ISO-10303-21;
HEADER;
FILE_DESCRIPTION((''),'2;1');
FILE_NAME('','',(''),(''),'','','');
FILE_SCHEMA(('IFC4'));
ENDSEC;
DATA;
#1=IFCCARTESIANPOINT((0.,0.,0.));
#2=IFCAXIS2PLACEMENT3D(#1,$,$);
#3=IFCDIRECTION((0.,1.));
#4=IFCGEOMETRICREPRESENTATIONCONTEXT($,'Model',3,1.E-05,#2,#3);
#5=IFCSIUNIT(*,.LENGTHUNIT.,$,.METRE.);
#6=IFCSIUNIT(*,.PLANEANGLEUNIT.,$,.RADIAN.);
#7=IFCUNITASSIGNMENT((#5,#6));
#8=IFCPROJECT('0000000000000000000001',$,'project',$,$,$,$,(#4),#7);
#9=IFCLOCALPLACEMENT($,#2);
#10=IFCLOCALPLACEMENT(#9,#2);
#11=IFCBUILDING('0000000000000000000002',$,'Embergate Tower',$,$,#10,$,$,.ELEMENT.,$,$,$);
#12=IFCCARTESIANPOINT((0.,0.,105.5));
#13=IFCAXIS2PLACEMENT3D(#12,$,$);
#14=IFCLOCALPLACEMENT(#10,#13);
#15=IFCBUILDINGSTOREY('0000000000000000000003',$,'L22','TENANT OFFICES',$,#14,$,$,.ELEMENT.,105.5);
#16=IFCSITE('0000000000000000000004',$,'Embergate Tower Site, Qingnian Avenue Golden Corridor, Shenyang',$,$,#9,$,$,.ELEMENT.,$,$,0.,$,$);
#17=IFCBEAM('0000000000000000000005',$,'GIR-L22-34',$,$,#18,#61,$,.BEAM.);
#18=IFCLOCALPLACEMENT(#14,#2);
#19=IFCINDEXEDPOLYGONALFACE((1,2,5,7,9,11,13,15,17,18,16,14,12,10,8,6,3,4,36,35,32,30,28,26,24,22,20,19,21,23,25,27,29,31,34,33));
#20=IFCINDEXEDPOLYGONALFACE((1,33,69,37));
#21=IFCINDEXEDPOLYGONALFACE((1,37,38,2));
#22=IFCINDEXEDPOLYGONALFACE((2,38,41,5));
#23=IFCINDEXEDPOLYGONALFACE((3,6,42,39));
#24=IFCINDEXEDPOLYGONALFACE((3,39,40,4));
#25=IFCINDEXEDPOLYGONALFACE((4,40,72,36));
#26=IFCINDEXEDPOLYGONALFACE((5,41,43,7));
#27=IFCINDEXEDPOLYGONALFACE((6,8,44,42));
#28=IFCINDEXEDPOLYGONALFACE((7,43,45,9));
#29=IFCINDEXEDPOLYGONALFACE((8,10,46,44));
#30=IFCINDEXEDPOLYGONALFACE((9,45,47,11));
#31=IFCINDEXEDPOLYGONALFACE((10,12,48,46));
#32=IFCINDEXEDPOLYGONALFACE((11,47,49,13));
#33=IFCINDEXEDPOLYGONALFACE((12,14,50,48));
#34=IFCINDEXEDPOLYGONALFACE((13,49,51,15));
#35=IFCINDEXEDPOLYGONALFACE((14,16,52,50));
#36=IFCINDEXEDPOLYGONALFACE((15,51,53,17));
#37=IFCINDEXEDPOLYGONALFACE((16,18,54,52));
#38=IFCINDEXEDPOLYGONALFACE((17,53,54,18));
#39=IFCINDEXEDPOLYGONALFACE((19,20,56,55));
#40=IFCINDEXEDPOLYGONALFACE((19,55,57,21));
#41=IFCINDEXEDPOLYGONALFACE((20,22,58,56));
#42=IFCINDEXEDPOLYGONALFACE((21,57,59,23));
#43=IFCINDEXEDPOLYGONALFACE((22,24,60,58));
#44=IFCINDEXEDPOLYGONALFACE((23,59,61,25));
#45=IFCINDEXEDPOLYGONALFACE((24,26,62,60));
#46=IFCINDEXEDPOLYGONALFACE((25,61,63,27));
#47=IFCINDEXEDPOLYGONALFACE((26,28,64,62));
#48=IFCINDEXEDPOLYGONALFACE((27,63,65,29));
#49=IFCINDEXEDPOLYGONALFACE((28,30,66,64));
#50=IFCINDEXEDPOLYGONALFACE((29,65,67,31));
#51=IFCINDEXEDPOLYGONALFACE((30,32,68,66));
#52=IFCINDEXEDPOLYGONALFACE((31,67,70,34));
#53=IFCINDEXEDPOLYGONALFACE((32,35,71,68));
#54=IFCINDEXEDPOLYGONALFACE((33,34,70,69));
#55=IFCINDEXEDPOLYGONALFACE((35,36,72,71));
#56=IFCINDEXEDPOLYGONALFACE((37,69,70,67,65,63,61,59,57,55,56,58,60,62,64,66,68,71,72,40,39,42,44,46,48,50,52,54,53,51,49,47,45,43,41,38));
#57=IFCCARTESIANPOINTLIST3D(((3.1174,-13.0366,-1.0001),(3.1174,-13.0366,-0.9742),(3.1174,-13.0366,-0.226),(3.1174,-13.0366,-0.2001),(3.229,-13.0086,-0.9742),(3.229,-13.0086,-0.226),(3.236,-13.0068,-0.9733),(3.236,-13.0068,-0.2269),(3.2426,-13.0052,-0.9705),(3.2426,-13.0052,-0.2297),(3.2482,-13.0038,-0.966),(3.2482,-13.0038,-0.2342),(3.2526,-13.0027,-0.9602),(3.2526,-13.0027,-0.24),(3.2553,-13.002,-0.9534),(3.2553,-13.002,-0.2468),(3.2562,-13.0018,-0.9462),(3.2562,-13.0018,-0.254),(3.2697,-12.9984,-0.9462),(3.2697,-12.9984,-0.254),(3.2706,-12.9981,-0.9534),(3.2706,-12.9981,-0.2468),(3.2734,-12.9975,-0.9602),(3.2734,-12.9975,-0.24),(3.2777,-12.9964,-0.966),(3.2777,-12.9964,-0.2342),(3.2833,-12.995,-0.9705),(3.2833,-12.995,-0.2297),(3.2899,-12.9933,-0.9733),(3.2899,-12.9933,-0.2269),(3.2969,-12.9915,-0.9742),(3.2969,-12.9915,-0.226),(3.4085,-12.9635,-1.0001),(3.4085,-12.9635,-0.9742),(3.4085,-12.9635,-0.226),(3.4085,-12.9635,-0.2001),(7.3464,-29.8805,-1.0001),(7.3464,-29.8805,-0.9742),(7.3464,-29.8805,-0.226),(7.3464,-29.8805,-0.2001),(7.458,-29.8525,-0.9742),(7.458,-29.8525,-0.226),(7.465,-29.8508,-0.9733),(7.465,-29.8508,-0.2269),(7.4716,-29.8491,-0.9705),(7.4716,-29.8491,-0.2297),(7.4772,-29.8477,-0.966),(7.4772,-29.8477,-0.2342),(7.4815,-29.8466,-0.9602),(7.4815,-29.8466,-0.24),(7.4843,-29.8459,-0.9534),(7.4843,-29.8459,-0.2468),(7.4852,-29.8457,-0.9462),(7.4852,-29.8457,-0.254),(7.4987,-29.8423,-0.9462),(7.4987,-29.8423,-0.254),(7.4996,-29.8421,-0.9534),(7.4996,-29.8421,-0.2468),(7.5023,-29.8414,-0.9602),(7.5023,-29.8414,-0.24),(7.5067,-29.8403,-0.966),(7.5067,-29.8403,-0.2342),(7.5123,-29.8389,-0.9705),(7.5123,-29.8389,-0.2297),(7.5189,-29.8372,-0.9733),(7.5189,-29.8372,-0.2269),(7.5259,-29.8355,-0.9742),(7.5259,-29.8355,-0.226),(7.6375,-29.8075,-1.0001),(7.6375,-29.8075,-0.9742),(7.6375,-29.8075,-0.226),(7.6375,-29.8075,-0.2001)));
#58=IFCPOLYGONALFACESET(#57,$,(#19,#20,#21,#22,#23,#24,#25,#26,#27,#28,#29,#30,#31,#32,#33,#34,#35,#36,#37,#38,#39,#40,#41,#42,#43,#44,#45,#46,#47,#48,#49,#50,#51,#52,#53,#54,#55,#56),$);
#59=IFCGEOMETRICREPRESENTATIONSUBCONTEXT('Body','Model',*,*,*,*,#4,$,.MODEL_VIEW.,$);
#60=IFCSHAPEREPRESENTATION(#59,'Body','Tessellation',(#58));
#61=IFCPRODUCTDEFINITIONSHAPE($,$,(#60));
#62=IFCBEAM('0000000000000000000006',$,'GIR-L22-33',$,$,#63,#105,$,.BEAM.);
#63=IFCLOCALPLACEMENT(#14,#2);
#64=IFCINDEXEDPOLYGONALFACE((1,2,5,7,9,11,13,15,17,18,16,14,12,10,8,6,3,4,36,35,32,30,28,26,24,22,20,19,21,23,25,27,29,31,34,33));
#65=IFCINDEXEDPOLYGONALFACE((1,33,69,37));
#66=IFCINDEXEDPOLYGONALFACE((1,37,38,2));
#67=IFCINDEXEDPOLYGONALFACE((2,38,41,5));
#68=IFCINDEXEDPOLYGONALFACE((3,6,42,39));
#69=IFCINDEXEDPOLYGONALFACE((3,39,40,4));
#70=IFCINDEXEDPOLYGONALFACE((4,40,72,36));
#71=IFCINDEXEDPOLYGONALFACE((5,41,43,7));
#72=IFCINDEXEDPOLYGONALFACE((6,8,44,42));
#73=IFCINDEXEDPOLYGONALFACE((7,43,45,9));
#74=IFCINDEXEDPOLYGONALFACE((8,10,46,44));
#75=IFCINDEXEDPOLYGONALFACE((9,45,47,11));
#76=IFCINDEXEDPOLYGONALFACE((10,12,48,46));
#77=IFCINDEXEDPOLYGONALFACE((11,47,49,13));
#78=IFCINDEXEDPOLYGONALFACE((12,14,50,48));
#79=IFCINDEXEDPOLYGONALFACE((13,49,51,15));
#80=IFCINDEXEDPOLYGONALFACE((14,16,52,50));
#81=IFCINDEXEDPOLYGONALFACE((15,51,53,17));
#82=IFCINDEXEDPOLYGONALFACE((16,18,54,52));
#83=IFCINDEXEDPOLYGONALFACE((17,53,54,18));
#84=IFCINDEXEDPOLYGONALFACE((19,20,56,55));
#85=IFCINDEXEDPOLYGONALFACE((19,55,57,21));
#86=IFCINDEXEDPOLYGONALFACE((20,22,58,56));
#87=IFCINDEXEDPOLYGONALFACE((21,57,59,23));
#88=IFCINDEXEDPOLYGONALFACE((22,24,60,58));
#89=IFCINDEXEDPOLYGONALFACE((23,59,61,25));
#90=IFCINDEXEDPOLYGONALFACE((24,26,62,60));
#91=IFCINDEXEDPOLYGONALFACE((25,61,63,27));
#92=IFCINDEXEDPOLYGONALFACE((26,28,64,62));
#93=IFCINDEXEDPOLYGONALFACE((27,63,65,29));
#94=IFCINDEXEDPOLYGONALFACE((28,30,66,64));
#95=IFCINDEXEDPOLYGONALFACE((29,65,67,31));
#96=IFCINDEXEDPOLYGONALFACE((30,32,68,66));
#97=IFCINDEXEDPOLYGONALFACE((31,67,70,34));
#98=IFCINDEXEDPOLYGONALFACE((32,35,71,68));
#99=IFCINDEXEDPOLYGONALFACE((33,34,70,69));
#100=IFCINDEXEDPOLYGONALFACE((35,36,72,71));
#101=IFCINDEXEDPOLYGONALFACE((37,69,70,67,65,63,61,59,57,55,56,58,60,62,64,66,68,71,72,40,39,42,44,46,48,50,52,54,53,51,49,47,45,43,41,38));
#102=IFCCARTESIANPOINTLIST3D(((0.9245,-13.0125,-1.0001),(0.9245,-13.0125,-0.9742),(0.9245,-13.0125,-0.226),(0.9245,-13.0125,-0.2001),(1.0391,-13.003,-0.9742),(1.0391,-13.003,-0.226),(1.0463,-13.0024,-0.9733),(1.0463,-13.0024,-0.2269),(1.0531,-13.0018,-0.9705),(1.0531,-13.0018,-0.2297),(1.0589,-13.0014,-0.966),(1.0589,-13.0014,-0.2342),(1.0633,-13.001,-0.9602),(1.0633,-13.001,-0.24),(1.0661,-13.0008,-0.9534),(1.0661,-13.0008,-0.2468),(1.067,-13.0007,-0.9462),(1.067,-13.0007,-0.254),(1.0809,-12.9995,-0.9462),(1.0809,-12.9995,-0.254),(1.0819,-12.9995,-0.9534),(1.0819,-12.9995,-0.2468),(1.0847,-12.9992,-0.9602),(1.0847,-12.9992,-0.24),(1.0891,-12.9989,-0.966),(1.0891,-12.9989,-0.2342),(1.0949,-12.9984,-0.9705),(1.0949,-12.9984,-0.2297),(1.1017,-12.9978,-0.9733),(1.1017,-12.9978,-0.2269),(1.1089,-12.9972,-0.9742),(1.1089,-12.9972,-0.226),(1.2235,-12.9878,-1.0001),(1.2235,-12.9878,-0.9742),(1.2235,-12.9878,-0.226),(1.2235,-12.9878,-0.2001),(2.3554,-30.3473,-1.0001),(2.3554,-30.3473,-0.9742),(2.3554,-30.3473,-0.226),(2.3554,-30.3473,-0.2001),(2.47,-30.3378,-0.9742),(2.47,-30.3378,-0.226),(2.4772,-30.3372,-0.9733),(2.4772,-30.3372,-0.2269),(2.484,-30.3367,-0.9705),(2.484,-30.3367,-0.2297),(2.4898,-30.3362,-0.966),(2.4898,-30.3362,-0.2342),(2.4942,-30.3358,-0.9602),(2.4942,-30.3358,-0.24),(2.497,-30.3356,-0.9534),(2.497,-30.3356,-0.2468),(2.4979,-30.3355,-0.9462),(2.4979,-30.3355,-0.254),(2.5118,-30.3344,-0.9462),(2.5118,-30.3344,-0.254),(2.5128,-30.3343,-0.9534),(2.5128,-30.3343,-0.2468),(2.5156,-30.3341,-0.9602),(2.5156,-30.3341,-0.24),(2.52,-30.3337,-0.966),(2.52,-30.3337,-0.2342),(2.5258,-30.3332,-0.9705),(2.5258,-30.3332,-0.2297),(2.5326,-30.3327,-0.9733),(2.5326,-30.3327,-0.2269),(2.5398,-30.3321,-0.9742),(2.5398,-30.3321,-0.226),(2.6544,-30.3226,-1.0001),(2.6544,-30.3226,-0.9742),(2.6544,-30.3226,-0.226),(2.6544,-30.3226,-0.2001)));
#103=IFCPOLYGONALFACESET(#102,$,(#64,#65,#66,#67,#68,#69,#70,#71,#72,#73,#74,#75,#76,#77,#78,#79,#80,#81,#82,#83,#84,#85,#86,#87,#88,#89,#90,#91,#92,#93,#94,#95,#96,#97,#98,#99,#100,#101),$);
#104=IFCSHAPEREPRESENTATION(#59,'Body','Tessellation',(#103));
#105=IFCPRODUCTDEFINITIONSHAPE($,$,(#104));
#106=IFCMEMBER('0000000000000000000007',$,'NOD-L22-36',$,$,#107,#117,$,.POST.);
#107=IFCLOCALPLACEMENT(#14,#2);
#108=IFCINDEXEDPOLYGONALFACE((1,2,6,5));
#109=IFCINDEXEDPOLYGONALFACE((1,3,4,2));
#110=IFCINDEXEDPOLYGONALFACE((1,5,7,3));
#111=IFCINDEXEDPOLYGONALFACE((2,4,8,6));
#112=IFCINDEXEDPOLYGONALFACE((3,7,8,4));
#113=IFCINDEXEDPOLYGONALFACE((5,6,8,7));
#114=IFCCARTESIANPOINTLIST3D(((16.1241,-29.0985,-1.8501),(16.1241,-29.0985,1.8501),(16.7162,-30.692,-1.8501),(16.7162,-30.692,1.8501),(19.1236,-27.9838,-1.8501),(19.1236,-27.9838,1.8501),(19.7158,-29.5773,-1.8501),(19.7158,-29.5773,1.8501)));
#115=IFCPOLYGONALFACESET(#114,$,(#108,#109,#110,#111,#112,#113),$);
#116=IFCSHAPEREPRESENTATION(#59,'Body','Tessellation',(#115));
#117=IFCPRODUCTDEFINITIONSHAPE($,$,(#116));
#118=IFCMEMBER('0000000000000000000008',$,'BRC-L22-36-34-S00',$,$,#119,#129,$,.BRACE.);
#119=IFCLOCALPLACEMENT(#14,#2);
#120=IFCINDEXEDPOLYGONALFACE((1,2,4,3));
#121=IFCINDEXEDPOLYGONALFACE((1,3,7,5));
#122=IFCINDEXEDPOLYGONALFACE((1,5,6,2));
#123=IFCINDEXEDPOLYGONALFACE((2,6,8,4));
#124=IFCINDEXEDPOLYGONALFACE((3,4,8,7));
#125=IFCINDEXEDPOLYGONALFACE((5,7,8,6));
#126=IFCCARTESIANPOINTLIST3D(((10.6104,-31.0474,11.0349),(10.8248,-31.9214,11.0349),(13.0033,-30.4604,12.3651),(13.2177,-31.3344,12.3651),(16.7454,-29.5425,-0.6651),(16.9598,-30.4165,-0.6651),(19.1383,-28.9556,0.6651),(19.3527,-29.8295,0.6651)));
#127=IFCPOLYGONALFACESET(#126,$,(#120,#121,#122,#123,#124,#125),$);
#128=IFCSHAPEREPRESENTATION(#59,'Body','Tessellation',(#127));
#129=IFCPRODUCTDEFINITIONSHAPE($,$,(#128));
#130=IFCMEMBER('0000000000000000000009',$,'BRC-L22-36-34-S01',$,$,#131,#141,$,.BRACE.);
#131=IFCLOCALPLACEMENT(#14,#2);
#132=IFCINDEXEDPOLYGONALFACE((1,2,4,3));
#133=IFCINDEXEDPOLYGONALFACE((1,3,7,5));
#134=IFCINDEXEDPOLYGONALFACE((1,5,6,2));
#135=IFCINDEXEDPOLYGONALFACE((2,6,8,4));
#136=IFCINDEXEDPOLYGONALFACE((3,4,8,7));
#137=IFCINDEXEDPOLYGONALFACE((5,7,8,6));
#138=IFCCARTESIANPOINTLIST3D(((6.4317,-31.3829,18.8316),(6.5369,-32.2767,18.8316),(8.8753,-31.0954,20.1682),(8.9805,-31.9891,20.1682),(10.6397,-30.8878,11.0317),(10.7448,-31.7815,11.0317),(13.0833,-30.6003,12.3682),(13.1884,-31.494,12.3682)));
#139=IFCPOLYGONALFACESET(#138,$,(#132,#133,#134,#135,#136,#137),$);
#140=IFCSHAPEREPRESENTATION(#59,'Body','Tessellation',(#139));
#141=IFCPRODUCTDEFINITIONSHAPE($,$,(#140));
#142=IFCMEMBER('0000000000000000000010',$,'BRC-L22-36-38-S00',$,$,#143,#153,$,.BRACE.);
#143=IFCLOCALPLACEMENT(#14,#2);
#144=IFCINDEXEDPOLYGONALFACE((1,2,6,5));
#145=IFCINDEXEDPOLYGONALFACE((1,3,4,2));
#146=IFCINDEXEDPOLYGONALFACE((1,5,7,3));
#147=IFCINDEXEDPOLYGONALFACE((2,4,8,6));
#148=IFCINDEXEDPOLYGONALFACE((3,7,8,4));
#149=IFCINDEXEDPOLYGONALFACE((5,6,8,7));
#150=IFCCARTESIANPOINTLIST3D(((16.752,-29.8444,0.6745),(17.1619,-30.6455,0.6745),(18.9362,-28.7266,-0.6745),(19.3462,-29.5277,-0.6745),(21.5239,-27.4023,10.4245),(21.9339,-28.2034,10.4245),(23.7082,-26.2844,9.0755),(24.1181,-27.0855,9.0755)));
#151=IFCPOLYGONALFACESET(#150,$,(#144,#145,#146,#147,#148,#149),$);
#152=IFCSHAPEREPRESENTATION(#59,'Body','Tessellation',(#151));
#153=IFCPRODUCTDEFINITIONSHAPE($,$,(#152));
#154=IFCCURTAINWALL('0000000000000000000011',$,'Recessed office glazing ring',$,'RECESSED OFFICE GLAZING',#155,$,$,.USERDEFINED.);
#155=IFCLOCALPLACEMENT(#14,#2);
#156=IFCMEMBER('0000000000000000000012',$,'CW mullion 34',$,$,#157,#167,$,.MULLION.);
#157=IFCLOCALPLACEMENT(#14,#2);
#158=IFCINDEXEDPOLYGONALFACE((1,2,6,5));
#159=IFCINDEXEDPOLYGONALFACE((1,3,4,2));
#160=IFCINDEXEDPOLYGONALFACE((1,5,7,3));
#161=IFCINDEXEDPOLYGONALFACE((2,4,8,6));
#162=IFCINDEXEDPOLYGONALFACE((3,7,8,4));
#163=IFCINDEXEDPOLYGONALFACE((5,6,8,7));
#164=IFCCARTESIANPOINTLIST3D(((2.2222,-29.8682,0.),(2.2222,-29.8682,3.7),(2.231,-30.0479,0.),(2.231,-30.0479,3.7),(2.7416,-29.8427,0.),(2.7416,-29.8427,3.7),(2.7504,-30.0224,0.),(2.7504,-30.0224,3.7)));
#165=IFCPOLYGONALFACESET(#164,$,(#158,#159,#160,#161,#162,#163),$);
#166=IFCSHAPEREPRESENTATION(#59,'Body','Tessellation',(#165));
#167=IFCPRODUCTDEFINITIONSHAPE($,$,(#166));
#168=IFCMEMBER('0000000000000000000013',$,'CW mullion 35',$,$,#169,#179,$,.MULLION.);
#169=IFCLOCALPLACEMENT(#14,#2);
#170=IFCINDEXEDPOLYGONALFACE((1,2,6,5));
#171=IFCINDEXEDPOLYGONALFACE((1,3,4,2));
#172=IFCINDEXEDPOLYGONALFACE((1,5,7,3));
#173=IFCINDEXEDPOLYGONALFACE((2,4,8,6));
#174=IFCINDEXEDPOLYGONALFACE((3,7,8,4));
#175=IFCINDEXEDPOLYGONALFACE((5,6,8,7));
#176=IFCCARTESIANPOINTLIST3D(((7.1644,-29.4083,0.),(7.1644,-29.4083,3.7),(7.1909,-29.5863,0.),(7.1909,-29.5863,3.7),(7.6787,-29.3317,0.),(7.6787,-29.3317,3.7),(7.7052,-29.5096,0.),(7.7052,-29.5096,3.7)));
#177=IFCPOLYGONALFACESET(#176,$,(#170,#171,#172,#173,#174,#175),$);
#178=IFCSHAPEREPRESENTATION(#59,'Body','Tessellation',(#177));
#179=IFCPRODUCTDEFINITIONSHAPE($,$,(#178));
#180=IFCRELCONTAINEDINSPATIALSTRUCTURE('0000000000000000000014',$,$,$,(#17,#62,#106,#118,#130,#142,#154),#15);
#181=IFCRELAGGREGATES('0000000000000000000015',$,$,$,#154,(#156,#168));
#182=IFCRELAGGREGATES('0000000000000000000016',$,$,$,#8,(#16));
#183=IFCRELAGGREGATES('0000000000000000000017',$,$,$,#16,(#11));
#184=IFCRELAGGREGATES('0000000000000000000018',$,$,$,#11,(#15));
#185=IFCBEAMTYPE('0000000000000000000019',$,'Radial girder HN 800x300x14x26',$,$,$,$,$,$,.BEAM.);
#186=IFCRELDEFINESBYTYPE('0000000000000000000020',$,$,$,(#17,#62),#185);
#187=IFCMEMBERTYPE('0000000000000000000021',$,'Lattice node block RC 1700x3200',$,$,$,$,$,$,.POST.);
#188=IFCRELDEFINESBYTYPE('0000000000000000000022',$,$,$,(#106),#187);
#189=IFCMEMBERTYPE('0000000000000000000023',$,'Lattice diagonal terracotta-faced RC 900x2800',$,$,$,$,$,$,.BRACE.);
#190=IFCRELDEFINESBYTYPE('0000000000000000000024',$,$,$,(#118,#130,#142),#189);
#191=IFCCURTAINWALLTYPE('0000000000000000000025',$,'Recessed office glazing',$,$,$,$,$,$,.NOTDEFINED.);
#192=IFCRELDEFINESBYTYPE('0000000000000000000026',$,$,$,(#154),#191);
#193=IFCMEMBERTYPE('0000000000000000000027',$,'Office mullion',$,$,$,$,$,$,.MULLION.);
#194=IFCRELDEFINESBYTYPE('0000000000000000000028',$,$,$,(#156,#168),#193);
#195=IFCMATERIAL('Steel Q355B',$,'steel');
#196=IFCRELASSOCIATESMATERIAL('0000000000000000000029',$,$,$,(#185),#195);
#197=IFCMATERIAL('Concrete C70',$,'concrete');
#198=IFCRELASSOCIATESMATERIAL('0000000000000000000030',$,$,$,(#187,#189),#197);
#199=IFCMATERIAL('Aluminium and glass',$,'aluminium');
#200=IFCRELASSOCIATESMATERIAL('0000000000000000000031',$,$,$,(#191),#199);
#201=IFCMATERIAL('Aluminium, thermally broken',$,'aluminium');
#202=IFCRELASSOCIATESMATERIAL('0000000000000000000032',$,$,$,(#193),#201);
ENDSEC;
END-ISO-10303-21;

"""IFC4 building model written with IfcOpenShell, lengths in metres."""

from ifc_helpers import new_model, si_unit, direction, frame, origin, origin_2d, place, context, subcontext, project, spatial, rectangle, i_section, extrude, source, transform, mapped, material, material_profile, profile_set, type_object, element, aggregate, save


model = new_model("IFC4")

# Units and contexts
model_context = context("Model", 3, precision=1e-05, world=origin(), true_north=direction((0.0, 1.0)))
body_context = subcontext(model_context, "Body", "Model", "MODEL_VIEW")
ifc_project = project(units=[si_unit("LENGTHUNIT", "METRE"), si_unit("PLANEANGLEUNIT", "RADIAN")], contexts=[model_context])

# Site, building, storey
site_placement = place(None, origin())
site = spatial("IfcSite", under=ifc_project, at=site_placement, Name="Embergate Tower Site, Qingnian Avenue Golden Corridor, Shenyang", CompositionType="ELEMENT", RefElevation=0.0)
building_placement = place(site_placement, origin())
building = spatial("IfcBuilding", under=site, at=building_placement, Name="Embergate Tower", CompositionType="ELEMENT")
storey_placement = place(building_placement, frame((0.0, 0.0, 105.5)))
storey = spatial("IfcBuildingStorey", under=building, at=storey_placement, Name="L22", Description="TENANT OFFICES", CompositionType="ELEMENT", Elevation=105.5)

# Shared definitions
ifc_material_1 = material(Name="Concrete C70", Category="concrete")

# Beams
ifc_material_2 = material(Name="Steel Q355B", Category="steel")
ifc_material_profile_1 = material_profile(ifc_material_2, i_section(OverallWidth=0.3, OverallDepth=0.8, WebThickness=0.0139, FlangeThickness=0.0259, FilletRadius=0.0281, at=origin_2d()), Name="HN 800x300x14x26")
ifc_profile_set_1 = profile_set([ifc_material_profile_1], Name="Steel Q355 grade B")
beam_type_1 = type_object("IfcBeamType", Name="Radial girder HN 800x300x14x26", PredefinedType="BEAM", material=ifc_profile_set_1)
shared_shape_1 = source(origin(), body_context, "Body", "SweptSolid", [
    extrude(i_section(OverallWidth=0.3, OverallDepth=0.8, WebThickness=0.0139, FlangeThickness=0.0259, FilletRadius=0.0281, at=origin_2d()), origin(), (0.0, 0.0, 1.0), 17.3667),
])
beam_1_placement = place(storey_placement, frame((7.4919, -29.844, -0.6001), z_axis=(-0.243511, 0.969898, 0.0), x_axis=(-0.969898, -0.243511, 0.0)))
element("IfcBeam", 1, at=beam_1_placement, inside=storey, type_object=beam_type_1, Name="GIR-L22-34", PredefinedType="BEAM", context=body_context, shape_type="MappedRepresentation", body=[
    mapped(shared_shape_1, transform((0.0, 0.0, 0.0))),
])
shared_shape_2 = source(origin(), body_context, "Body", "SweptSolid", [
    extrude(i_section(OverallWidth=0.3, OverallDepth=0.8, WebThickness=0.0139, FlangeThickness=0.0259, FilletRadius=0.0281, at=origin_2d()), origin(), (0.0, 0.0, 1.0), 17.3938),
])
beam_2_placement = place(storey_placement, frame((2.5049, -30.335, -0.6001), z_axis=(-0.082265, 0.996611, 0.0), x_axis=(-0.996611, -0.082265, 0.0)))
element("IfcBeam", 2, at=beam_2_placement, inside=storey, type_object=beam_type_1, Name="GIR-L22-33", PredefinedType="BEAM", context=body_context, shape_type="MappedRepresentation", body=[
    mapped(shared_shape_2, transform((0.0, 0.0, 0.0))),
])

# Members
ifc_material_profile_2 = material_profile(ifc_material_1, rectangle(XDim=1.7, YDim=3.2, at=origin_2d()), Name="RC 1700x3200")
ifc_profile_set_2 = profile_set([ifc_material_profile_2], Name="Concrete C70")
member_type_1 = type_object("IfcMemberType", Name="Lattice node block RC 1700x3200", PredefinedType="POST", material=ifc_profile_set_2)
shared_shape_3 = source(origin(), body_context, "Body", "SweptSolid", [
    extrude(rectangle(XDim=1.7, YDim=3.2, at=origin_2d()), origin(), (0.0, 0.0, 1.0), 3.7002),
])
member_1_placement = place(storey_placement, frame((17.9199, -29.3379, -1.8501), z_axis=(0.0, 0.0, 1.0), x_axis=(0.348343, -0.937367, 0.0)))
element("IfcMember", 3, at=member_1_placement, inside=storey, type_object=member_type_1, Name="NOD-L22-36", PredefinedType="POST", context=body_context, shape_type="MappedRepresentation", body=[
    mapped(shared_shape_3, transform((0.0, 0.0, 0.0))),
])
ifc_material_profile_3 = material_profile(ifc_material_1, rectangle(XDim=0.8999, YDim=2.8, at=origin_2d()), Name="RC 900x2800")
ifc_profile_set_3 = profile_set([ifc_material_profile_3], Name="Concrete C70")
member_type_2 = type_object("IfcMemberType", Name="Lattice diagonal terracotta-faced RC 900x2800", PredefinedType="BRACE", material=ifc_profile_set_3)
shared_shape_4 = source(origin(), body_context, "Body", "SweptSolid", [
    extrude(rectangle(XDim=0.8999, YDim=2.8, at=origin_2d()), origin(), (0.0, 0.0, 1.0), 13.2964),
])
member_2_placement = place(storey_placement, frame((18.0491, -29.686, 0.0), z_axis=(-0.461407, -0.11318, 0.87994), x_axis=(0.238232, -0.971208, 0.0)))
element("IfcMember", 4, at=member_2_placement, inside=storey, type_object=member_type_2, Name="BRC-L22-36-34-S00", PredefinedType="BRACE", context=body_context, shape_type="MappedRepresentation", body=[
    mapped(shared_shape_4, transform((0.0, 0.0, 0.0))),
])
shared_shape_5 = source(origin(), body_context, "Body", "SweptSolid", [
    extrude(rectangle(XDim=0.8999, YDim=2.8, at=origin_2d()), origin(), (0.0, 0.0, 1.0), 8.8765),
])
member_3_placement = place(storey_placement, frame((11.9141, -31.1909, 11.7), z_axis=(-0.474059, -0.055778, 0.878725), x_axis=(0.116855, -0.993149, 0.0)))
element("IfcMember", 5, at=member_3_placement, inside=storey, type_object=member_type_2, Name="BRC-L22-36-34-S01", PredefinedType="BRACE", context=body_context, shape_type="MappedRepresentation", body=[
    mapped(shared_shape_5, transform((0.0, 0.0, 0.0))),
])
shared_shape_6 = source(origin(), body_context, "Body", "SweptSolid", [
    extrude(rectangle(XDim=0.8999, YDim=2.8, at=origin_2d()), origin(), (0.0, 0.0, 1.0), 11.1265),
])
member_4_placement = place(storey_placement, frame((18.0491, -29.686, 0.0), z_axis=(0.428885, 0.219489, 0.876289), x_axis=(-0.455574, 0.890198, 0.0)))
element("IfcMember", 6, at=member_4_placement, inside=storey, type_object=member_type_2, Name="BRC-L22-36-38-S00", PredefinedType="BRACE", context=body_context, shape_type="MappedRepresentation", body=[
    mapped(shared_shape_6, transform((0.0, 0.0, 0.0))),
])

# Curtain wall, members
ifc_material_3 = material(Name="Aluminium and glass", Category="aluminium")
curtain_wall_type = type_object("IfcCurtainWallType", Name="Recessed office glazing", PredefinedType="NOTDEFINED", material=ifc_material_3)
curtain_wall_placement = place(storey_placement, origin())
curtain_wall = element("IfcCurtainWall", 7, at=curtain_wall_placement, inside=storey, type_object=curtain_wall_type, Name="Recessed office glazing ring", ObjectType="RECESSED OFFICE GLAZING", PredefinedType="USERDEFINED")
ifc_material_4 = material(Name="Aluminium, thermally broken", Category="aluminium")
ifc_material_profile_4 = material_profile(ifc_material_4, rectangle(XDim=0.1799, YDim=0.52, at=origin_2d()), Name="AL 520x180")
ifc_profile_set_4 = profile_set([ifc_material_profile_4], Name="Aluminium, thermally broken")
member_type_3 = type_object("IfcMemberType", Name="Office mullion", PredefinedType="MULLION", material=ifc_profile_set_4)
shared_shape_7 = source(origin(), body_context, "Body", "SweptSolid", [
    extrude(rectangle(XDim=0.1799, YDim=0.52, at=origin_2d()), origin(), (0.0, 0.0, 1.0), 3.7),
])
member_5_placement = place(storey_placement, frame((2.4863, -29.9453, 0.0), z_axis=(0.0, 0.0, 1.0), x_axis=(-0.048972, 0.9988, 0.0)))
member_5 = element("IfcMember", 8, at=member_5_placement, type_object=member_type_3, Name="CW mullion 34", PredefinedType="MULLION", context=body_context, shape_type="MappedRepresentation", body=[
    mapped(shared_shape_7, transform((0.0, 0.0, 0.0))),
])
member_6_placement = place(storey_placement, frame((7.4348, -29.459, 0.0), z_axis=(0.0, 0.0, 1.0), x_axis=(-0.147416, 0.989075, 0.0)))
member_6 = element("IfcMember", 9, at=member_6_placement, type_object=member_type_3, Name="CW mullion 35", PredefinedType="MULLION", context=body_context, shape_type="MappedRepresentation", body=[
    mapped(shared_shape_7, transform((0.0, 0.0, 0.0))),
])
aggregate(curtain_wall, [member_5, member_6])

save(model, "model.ifc")
